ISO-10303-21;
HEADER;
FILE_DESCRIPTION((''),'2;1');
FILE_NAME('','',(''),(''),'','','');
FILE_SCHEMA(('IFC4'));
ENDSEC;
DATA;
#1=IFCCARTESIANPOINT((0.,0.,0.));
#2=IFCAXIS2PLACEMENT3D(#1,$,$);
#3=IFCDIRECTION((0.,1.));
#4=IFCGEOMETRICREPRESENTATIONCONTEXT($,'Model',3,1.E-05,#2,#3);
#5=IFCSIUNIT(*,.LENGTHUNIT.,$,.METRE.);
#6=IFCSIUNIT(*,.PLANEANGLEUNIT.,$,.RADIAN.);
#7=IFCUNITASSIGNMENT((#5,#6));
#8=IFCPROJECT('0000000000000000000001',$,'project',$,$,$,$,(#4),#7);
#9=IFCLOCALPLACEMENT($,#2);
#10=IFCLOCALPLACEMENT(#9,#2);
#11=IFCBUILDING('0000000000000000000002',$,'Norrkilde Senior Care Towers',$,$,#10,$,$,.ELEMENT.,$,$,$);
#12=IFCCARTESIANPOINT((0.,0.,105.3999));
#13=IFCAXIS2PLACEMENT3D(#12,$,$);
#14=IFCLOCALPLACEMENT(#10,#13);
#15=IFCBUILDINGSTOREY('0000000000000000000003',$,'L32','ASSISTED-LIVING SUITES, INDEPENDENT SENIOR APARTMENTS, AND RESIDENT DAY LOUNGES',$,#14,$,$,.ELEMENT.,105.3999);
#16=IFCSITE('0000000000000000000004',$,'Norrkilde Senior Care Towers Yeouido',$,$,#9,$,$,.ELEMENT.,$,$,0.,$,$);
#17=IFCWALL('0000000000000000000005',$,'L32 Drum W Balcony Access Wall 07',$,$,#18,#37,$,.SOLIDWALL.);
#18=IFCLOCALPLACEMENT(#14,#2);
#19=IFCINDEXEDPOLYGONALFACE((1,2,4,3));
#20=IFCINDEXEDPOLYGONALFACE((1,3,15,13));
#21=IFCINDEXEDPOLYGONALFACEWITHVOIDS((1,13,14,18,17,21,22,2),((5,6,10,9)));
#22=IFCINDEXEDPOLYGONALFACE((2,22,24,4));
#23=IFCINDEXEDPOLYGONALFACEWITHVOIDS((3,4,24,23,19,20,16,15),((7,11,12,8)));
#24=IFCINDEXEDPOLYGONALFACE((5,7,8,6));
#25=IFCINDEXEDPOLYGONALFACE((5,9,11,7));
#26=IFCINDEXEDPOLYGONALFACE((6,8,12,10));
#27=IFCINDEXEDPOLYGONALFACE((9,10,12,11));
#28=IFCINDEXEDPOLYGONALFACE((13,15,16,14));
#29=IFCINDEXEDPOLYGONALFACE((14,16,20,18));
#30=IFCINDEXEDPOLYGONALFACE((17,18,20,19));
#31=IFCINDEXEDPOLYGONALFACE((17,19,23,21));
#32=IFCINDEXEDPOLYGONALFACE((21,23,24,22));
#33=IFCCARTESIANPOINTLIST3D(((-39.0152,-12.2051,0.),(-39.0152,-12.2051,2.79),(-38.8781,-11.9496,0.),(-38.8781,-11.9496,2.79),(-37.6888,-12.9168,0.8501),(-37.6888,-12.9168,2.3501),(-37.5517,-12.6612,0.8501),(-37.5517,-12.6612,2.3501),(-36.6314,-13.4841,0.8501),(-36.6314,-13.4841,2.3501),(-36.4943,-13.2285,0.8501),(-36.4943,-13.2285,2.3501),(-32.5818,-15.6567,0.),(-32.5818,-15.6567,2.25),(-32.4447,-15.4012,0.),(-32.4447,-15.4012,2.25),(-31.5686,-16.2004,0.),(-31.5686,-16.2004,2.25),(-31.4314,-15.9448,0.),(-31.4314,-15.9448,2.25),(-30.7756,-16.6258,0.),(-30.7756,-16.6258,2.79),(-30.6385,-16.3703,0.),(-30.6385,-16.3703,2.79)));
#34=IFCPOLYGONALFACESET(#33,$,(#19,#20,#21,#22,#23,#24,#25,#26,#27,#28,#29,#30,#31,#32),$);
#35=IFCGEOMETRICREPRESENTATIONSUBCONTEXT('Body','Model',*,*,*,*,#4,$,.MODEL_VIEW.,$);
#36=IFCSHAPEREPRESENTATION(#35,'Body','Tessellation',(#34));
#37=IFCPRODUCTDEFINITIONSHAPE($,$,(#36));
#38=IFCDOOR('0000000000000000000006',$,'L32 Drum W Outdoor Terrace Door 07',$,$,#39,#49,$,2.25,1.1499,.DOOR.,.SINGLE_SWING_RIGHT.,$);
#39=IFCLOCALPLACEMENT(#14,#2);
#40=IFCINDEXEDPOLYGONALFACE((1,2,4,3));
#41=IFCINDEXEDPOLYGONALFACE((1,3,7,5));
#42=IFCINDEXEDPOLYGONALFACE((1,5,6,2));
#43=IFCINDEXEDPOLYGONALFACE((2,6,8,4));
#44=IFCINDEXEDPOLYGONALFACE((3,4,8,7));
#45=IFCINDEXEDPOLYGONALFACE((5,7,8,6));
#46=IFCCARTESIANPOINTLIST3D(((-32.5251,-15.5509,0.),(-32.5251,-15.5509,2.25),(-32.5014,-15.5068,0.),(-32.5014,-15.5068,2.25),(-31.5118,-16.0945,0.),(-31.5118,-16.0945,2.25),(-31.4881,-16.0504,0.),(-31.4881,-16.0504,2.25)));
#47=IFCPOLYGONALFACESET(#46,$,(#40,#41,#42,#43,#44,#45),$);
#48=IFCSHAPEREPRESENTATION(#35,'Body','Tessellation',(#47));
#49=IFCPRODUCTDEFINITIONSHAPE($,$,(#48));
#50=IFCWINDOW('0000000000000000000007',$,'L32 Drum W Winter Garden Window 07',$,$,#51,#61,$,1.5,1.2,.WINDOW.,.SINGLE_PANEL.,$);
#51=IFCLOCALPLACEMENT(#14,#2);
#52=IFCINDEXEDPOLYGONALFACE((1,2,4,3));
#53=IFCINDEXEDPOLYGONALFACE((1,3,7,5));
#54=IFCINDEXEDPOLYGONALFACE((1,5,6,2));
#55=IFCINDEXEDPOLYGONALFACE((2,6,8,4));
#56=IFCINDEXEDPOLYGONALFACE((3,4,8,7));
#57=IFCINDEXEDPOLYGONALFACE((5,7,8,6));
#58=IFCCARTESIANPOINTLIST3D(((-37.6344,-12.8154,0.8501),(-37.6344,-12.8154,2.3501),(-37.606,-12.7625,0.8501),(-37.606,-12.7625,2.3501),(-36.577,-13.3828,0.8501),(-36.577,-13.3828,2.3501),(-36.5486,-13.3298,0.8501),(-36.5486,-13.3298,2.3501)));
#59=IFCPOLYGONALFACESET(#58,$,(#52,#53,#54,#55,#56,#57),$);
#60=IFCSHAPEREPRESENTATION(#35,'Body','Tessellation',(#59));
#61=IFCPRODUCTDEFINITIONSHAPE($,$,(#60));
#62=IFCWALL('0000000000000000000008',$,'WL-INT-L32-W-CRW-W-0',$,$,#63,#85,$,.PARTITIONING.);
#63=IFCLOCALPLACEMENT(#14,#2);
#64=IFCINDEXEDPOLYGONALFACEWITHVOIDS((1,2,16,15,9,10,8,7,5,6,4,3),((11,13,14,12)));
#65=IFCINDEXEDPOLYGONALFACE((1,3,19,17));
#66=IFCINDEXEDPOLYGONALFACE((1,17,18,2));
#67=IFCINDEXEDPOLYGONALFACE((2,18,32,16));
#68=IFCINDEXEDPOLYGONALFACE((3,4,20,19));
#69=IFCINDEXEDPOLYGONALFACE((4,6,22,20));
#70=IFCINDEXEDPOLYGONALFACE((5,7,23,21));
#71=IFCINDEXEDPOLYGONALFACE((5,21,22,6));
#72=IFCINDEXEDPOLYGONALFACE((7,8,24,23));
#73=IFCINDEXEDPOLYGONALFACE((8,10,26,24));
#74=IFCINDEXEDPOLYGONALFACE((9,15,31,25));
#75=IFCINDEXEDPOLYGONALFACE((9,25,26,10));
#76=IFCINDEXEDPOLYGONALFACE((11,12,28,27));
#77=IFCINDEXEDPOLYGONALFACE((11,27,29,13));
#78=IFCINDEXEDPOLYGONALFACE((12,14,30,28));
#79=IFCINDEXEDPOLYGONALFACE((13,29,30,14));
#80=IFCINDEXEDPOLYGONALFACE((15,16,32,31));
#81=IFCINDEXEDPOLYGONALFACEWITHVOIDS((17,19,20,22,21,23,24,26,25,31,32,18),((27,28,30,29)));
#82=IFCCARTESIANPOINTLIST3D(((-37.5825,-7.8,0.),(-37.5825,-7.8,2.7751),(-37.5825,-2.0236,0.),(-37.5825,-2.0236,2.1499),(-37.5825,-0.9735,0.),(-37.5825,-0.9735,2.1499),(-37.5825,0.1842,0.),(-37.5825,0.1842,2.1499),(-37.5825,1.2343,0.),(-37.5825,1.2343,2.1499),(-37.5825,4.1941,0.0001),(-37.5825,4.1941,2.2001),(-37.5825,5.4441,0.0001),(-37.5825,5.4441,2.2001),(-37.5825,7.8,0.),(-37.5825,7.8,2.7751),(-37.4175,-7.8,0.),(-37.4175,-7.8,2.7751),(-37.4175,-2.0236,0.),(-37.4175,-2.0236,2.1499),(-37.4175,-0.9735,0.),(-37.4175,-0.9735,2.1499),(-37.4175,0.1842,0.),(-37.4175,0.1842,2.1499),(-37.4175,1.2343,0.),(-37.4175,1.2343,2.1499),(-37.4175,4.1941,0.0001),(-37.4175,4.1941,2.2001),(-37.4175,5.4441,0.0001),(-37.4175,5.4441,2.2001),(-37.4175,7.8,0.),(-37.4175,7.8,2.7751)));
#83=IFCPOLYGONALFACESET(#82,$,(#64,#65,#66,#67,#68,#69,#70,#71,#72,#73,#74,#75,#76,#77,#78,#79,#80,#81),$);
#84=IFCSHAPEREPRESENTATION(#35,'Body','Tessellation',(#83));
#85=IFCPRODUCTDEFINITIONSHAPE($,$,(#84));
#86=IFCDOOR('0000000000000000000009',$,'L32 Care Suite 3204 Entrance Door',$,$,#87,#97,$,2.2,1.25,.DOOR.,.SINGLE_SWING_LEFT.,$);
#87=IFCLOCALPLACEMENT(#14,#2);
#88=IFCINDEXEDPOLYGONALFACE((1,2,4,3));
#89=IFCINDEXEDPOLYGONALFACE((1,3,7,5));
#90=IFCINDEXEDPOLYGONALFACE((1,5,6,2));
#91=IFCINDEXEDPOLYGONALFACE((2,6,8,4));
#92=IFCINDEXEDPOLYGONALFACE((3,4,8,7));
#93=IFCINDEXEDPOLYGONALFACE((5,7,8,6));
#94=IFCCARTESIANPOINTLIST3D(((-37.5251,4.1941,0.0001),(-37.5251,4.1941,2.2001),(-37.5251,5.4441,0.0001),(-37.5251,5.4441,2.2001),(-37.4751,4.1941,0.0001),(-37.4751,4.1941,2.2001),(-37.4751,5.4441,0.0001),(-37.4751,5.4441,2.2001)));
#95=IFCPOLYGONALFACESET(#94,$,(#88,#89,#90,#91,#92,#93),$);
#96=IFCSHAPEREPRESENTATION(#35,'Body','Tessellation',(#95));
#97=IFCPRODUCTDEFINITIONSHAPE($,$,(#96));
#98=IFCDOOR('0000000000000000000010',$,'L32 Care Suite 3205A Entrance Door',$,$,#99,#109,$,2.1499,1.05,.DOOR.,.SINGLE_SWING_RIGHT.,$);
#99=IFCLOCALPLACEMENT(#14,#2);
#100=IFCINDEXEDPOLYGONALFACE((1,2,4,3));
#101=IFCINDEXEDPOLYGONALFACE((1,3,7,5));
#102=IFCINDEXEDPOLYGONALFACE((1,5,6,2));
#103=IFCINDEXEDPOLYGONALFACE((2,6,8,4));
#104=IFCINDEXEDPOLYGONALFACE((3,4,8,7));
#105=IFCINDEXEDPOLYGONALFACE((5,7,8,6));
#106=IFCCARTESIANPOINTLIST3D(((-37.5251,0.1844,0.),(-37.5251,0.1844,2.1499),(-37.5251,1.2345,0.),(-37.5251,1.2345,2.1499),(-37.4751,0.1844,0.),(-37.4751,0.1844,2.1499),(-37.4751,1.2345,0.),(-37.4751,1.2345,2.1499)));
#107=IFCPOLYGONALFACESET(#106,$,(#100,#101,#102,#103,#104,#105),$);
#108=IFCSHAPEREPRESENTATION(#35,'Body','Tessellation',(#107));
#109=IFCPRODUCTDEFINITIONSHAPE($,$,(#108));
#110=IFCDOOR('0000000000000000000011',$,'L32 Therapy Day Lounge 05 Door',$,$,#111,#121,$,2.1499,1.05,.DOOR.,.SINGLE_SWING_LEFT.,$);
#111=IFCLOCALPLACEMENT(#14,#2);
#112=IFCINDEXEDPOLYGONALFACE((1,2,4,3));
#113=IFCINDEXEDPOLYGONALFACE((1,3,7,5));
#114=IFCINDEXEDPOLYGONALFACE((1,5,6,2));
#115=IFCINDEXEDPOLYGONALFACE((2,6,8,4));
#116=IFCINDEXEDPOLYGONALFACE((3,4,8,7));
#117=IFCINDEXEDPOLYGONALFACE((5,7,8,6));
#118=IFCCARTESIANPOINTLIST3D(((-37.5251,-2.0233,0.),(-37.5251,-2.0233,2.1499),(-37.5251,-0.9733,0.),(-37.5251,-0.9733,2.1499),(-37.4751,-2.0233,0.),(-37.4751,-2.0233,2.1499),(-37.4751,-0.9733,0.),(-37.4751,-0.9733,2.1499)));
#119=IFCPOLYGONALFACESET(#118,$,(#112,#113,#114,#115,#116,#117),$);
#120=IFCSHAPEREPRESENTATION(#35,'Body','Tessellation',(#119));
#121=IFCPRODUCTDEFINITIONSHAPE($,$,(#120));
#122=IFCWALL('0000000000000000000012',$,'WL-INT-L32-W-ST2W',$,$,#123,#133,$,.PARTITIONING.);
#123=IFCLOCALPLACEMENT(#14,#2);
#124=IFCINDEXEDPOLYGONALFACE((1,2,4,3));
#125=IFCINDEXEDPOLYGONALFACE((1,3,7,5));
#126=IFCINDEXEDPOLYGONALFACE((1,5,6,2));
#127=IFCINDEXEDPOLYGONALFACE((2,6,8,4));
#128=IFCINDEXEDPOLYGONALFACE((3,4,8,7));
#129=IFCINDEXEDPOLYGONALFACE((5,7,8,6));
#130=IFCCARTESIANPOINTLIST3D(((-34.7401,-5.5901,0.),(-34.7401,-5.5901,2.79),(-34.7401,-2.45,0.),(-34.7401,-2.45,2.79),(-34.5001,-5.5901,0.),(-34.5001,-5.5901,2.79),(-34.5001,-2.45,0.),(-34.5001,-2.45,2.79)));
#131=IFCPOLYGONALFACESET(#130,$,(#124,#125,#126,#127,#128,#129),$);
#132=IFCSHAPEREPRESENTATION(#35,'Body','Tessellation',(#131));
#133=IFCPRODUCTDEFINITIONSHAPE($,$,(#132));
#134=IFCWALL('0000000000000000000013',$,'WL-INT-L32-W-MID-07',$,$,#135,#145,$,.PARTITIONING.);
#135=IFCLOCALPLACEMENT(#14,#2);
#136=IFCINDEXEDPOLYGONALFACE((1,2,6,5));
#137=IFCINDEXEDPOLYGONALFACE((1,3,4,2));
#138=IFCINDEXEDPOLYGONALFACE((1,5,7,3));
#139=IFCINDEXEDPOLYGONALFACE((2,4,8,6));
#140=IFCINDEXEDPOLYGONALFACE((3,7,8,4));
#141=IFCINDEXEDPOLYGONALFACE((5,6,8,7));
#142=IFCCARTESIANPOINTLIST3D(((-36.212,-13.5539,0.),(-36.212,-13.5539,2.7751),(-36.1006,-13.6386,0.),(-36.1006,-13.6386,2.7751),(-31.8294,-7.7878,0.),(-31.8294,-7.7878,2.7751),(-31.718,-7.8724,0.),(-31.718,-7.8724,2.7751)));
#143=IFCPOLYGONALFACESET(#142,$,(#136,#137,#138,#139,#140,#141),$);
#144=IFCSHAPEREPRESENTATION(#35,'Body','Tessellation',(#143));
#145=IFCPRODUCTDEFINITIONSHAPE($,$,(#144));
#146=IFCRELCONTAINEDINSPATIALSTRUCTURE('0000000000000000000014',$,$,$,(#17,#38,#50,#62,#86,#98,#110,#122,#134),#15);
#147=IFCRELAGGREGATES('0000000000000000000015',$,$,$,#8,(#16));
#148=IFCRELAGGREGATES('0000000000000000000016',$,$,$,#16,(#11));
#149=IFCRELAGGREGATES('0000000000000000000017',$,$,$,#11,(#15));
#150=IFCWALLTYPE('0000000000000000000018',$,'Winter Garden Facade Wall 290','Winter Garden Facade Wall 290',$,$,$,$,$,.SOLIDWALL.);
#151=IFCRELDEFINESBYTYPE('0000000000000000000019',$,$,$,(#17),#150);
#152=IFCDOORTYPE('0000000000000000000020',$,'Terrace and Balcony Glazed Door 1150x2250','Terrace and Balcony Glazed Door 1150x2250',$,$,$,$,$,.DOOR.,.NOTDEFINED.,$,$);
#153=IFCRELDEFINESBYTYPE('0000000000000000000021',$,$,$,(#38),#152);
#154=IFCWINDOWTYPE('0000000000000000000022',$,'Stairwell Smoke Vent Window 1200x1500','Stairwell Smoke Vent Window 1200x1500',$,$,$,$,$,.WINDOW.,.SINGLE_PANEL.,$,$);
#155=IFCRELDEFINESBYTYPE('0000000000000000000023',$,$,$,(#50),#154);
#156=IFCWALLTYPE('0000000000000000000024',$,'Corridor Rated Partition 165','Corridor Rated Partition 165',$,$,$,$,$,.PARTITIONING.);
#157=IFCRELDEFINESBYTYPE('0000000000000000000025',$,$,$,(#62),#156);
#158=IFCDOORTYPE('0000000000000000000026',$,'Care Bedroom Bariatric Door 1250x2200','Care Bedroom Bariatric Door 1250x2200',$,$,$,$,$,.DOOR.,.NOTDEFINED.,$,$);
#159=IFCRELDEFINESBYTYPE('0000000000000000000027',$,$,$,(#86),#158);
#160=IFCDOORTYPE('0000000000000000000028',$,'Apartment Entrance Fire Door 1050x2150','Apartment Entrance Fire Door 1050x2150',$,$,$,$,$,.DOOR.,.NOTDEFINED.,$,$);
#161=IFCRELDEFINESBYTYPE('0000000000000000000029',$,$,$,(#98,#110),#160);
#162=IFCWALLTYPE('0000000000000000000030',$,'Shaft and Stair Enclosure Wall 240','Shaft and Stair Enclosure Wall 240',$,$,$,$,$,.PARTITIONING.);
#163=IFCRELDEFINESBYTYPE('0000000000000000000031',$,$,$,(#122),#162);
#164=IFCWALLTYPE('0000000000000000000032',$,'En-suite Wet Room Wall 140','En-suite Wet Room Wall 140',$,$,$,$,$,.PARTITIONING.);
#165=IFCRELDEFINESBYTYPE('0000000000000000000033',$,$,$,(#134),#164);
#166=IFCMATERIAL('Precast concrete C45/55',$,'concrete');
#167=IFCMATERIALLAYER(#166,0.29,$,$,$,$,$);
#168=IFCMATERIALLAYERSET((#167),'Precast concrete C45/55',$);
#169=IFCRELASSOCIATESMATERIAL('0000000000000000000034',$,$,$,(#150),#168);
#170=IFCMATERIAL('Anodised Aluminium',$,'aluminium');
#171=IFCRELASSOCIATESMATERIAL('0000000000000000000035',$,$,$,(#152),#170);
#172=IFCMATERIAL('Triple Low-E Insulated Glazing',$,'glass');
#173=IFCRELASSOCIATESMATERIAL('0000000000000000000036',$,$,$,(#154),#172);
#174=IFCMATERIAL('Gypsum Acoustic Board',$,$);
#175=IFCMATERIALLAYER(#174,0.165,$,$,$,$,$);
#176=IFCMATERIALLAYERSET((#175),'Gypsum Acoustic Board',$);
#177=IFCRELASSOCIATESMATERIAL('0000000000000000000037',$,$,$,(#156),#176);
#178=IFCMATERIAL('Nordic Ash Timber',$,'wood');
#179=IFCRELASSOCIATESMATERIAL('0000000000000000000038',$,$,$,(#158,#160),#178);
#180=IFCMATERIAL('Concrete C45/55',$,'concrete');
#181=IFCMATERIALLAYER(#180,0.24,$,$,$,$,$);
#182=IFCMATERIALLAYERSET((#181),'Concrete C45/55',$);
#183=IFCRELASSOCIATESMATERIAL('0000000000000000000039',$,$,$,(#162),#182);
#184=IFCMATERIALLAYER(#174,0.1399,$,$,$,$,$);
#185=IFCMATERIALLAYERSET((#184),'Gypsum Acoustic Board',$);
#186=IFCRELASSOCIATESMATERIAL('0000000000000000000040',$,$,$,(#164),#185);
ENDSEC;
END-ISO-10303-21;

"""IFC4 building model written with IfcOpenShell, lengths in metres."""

from ifc_helpers import new_model, si_unit, direction, frame, frame_2d, origin, place, context, subcontext, project, spatial, rectangle, extrude, source, transform, mapped, material, layer, layer_set, type_object, type_shapes, element, fill, save


model = new_model("IFC4")

# Units and contexts
model_context = context("Model", 3, precision=1e-05, world=origin(), true_north=direction((0.0, 1.0)))
body_context = subcontext(model_context, "Body", "Model", "MODEL_VIEW")
ifc_project = project(units=[si_unit("LENGTHUNIT", "METRE"), si_unit("PLANEANGLEUNIT", "RADIAN")], contexts=[model_context])

# Site, building, storey
site_placement = place(None, origin())
site = spatial("IfcSite", under=ifc_project, at=site_placement, Name="Norrkilde Senior Care Towers Yeouido", CompositionType="ELEMENT", RefElevation=0.0)
building_placement = place(site_placement, origin())
building = spatial("IfcBuilding", under=site, at=building_placement, Name="Norrkilde Senior Care Towers", CompositionType="ELEMENT")
storey_placement = place(building_placement, frame((0.0, 0.0, 105.3999)))
storey = spatial("IfcBuildingStorey", under=building, at=storey_placement, Name="L32", Description="ASSISTED-LIVING SUITES, INDEPENDENT SENIOR APARTMENTS, AND RESIDENT DAY LOUNGES", CompositionType="ELEMENT", Elevation=105.3999)

# Shared definitions
ifc_material_1 = material(Name="Triple Low-E Insulated Glazing", Category="glass")
ifc_material_2 = material(Name="Anodised Aluminium", Category="aluminium")

# Wall, openings, door, window
ifc_material_3 = material(Name="Precast concrete C45/55", Category="concrete")
ifc_layer_1 = layer(ifc_material_3, 0.29)
ifc_layer_set_1 = layer_set([ifc_layer_1], Name="Precast concrete C45/55")
wall_type_1 = type_object("IfcWallType", Name="Winter Garden Facade Wall 290", Description="Winter Garden Facade Wall 290", PredefinedType="SOLIDWALL", material=ifc_layer_set_1)
shared_shape_1 = source(origin(), body_context, "Body", "SweptSolid", [
    extrude(rectangle(XDim=9.3506, YDim=0.29, at=frame_2d((4.6753, 0.0))), origin(), (0.0, 0.0, 1.0), 2.79),
])
type_shapes(wall_type_1, [shared_shape_1])
wall_1_placement = place(storey_placement, frame((-30.707, -16.498, 0.0), z_axis=(0.0, 0.0, 1.0), x_axis=(-0.881184, 0.472773, 0.0)))
wall_1 = element("IfcWall", 1, at=wall_1_placement, inside=storey, type_object=wall_type_1, Name="L32 Drum W Balcony Access Wall 07", PredefinedType="SOLIDWALL", context=body_context, shape_type="MappedRepresentation", body=[
    mapped(shared_shape_1, transform((0.0, 0.0, 0.0), x_axis=(1.0, 0.0, 0.0), y_axis=(0.0, 1.0, 0.0), z_axis=(0.0, 0.0, 1.0), scale=1.0)),
])
opening_1_placement = place(wall_1_placement, frame((0.8999, 0.0, 0.0)))
opening_1 = element("IfcOpeningElement", 2, at=opening_1_placement, cuts=wall_1, PredefinedType="OPENING", context=body_context, shape_type="SweptSolid", body=[
    extrude(rectangle(XDim=1.1499, YDim=2.25, at=frame_2d((0.575, 1.125))), frame((0.0, 0.155, 0.0), z_axis=(0.0, -1.0, 0.0), x_axis=(1.0, 0.0, 0.0)), (0.0, 0.0, 1.0), 0.3101),
])
opening_2_placement = place(wall_1_placement, frame((6.6453, 0.0, 0.8501)))
opening_2 = element("IfcOpeningElement", 3, at=opening_2_placement, cuts=wall_1, PredefinedType="OPENING", context=body_context, shape_type="SweptSolid", body=[
    extrude(rectangle(XDim=1.2, YDim=1.5, at=frame_2d((0.6001, 0.75))), frame((0.0, 0.155, 0.0), z_axis=(0.0, -1.0, 0.0), x_axis=(1.0, 0.0, 0.0)), (0.0, 0.0, 1.0), 0.3101),
])
door_type_1 = type_object("IfcDoorType", Name="Terrace and Balcony Glazed Door 1150x2250", Description="Terrace and Balcony Glazed Door 1150x2250", OperationType="NOTDEFINED", PredefinedType="DOOR", material=ifc_material_2)
shared_shape_2 = source(origin(), body_context, "Body", "SweptSolid", [
    extrude(rectangle(XDim=1.1499, YDim=2.25, at=frame_2d((0.575, 1.125))), frame((0.0, 0.0249, 0.0), z_axis=(0.0, -1.0, 0.0), x_axis=(1.0, 0.0, 0.0)), (0.0, 0.0, 1.0), 0.05),
])
type_shapes(door_type_1, [shared_shape_2])
door_1_placement = place(opening_1_placement, origin())
door_1 = element("IfcDoor", 4, at=door_1_placement, inside=storey, type_object=door_type_1, Name="L32 Drum W Outdoor Terrace Door 07", OperationType="SINGLE_SWING_RIGHT", OverallHeight=2.25, OverallWidth=1.1499, PredefinedType="DOOR", context=body_context, shape_type="MappedRepresentation", body=[
    mapped(shared_shape_2, transform((0.0, 0.0, 0.0), x_axis=(1.0, 0.0, 0.0), y_axis=(0.0, 1.0, 0.0), z_axis=(0.0, 0.0, 1.0), scale=1.0)),
])
fill(opening_1, door_1)
window_type = type_object("IfcWindowType", Name="Stairwell Smoke Vent Window 1200x1500", Description="Stairwell Smoke Vent Window 1200x1500", PartitioningType="SINGLE_PANEL", PredefinedType="WINDOW", material=ifc_material_1)
shared_shape_3 = source(origin(), body_context, "Body", "SweptSolid", [
    extrude(rectangle(XDim=1.2, YDim=1.5, at=frame_2d((0.6001, 0.75))), frame((0.0, 0.03, 0.0), z_axis=(0.0, -1.0, 0.0), x_axis=(1.0, 0.0, 0.0)), (0.0, 0.0, 1.0), 0.0601),
])
type_shapes(window_type, [shared_shape_3])
window_placement = place(opening_2_placement, origin())
window = element("IfcWindow", 5, at=window_placement, inside=storey, type_object=window_type, Name="L32 Drum W Winter Garden Window 07", OverallHeight=1.5, OverallWidth=1.2, PartitioningType="SINGLE_PANEL", PredefinedType="WINDOW", context=body_context, shape_type="MappedRepresentation", body=[
    mapped(shared_shape_3, transform((0.0, 0.0, 0.0), x_axis=(1.0, 0.0, 0.0), y_axis=(0.0, 1.0, 0.0), z_axis=(0.0, 0.0, 1.0), scale=1.0)),
])
fill(opening_2, window)

# Wall, openings, doors
ifc_material_4 = material(Name="Gypsum Acoustic Board")
ifc_layer_2 = layer(ifc_material_4, 0.165)
ifc_layer_set_2 = layer_set([ifc_layer_2], Name="Gypsum Acoustic Board")
wall_type_2 = type_object("IfcWallType", Name="Corridor Rated Partition 165", Description="Corridor Rated Partition 165", PredefinedType="PARTITIONING", material=ifc_layer_set_2)
shared_shape_4 = source(origin(), body_context, "Body", "SweptSolid", [
    extrude(rectangle(XDim=15.6001, YDim=0.165, at=frame_2d((7.8, 0.0))), origin(), (0.0, 0.0, 1.0), 2.7751),
])
type_shapes(wall_type_2, [shared_shape_4])
wall_2_placement = place(storey_placement, frame((-37.5, -7.8, 0.0), z_axis=(0.0, 0.0, 1.0), x_axis=(0.0, 1.0, 0.0)))
wall_2 = element("IfcWall", 6, at=wall_2_placement, inside=storey, type_object=wall_type_2, Name="WL-INT-L32-W-CRW-W-0", PredefinedType="PARTITIONING", context=body_context, shape_type="MappedRepresentation", body=[
    mapped(shared_shape_4, transform((0.0, 0.0, 0.0), x_axis=(1.0, 0.0, 0.0), y_axis=(0.0, 1.0, 0.0), z_axis=(0.0, 0.0, 1.0), scale=1.0)),
])
opening_3_placement = place(wall_2_placement, frame((11.9941, 0.0, 0.0)))
opening_3 = element("IfcOpeningElement", 7, at=opening_3_placement, cuts=wall_2, PredefinedType="OPENING", context=body_context, shape_type="SweptSolid", body=[
    extrude(rectangle(XDim=1.25, YDim=2.2, at=frame_2d((0.625, 1.1001))), frame((0.0, 0.0925, 0.0), z_axis=(0.0, -1.0, 0.0), x_axis=(1.0, 0.0, 0.0)), (0.0, 0.0, 1.0), 0.1851),
])
opening_4_placement = place(wall_2_placement, frame((7.9844, 0.0, 0.0)))
opening_4 = element("IfcOpeningElement", 8, at=opening_4_placement, cuts=wall_2, PredefinedType="OPENING", context=body_context, shape_type="SweptSolid", body=[
    extrude(rectangle(XDim=1.05, YDim=2.1499, at=frame_2d((0.5249, 1.075))), frame((0.0, 0.0925, 0.0), z_axis=(0.0, -1.0, 0.0), x_axis=(1.0, 0.0, 0.0)), (0.0, 0.0, 1.0), 0.1851),
])
opening_5_placement = place(wall_2_placement, frame((5.7766, 0.0, 0.0)))
opening_5 = element("IfcOpeningElement", 9, at=opening_5_placement, cuts=wall_2, PredefinedType="OPENING", context=body_context, shape_type="SweptSolid", body=[
    extrude(rectangle(XDim=1.05, YDim=2.1499, at=frame_2d((0.5249, 1.075))), frame((0.0, 0.0925, 0.0), z_axis=(0.0, -1.0, 0.0), x_axis=(1.0, 0.0, 0.0)), (0.0, 0.0, 1.0), 0.1851),
])
ifc_material_5 = material(Name="Nordic Ash Timber", Category="wood")
door_type_2 = type_object("IfcDoorType", Name="Care Bedroom Bariatric Door 1250x2200", Description="Care Bedroom Bariatric Door 1250x2200", OperationType="NOTDEFINED", PredefinedType="DOOR", material=ifc_material_5)
shared_shape_5 = source(origin(), body_context, "Body", "SweptSolid", [
    extrude(rectangle(XDim=1.25, YDim=2.2, at=frame_2d((0.625, 1.1001))), frame((0.0, 0.0249, 0.0), z_axis=(0.0, -1.0, 0.0), x_axis=(1.0, 0.0, 0.0)), (0.0, 0.0, 1.0), 0.05),
])
type_shapes(door_type_2, [shared_shape_5])
door_2_placement = place(opening_3_placement, frame((1.25, 0.0, 0.0), z_axis=(0.0, 0.0, 1.0), x_axis=(-1.0, 0.0, 0.0)))
door_2 = element("IfcDoor", 10, at=door_2_placement, inside=storey, type_object=door_type_2, Name="L32 Care Suite 3204 Entrance Door", OperationType="SINGLE_SWING_LEFT", OverallHeight=2.2, OverallWidth=1.25, PredefinedType="DOOR", context=body_context, shape_type="MappedRepresentation", body=[
    mapped(shared_shape_5, transform((0.0, 0.0, 0.0), x_axis=(1.0, 0.0, 0.0), y_axis=(0.0, 1.0, 0.0), z_axis=(0.0, 0.0, 1.0), scale=1.0)),
])
fill(opening_3, door_2)
door_type_3 = type_object("IfcDoorType", Name="Apartment Entrance Fire Door 1050x2150", Description="Apartment Entrance Fire Door 1050x2150", OperationType="NOTDEFINED", PredefinedType="DOOR", material=ifc_material_5)
shared_shape_6 = source(origin(), body_context, "Body", "SweptSolid", [
    extrude(rectangle(XDim=1.05, YDim=2.1499, at=frame_2d((0.5249, 1.075))), frame((0.0, 0.0249, 0.0), z_axis=(0.0, -1.0, 0.0), x_axis=(1.0, 0.0, 0.0)), (0.0, 0.0, 1.0), 0.05),
])
type_shapes(door_type_3, [shared_shape_6])
door_3_placement = place(opening_4_placement, frame((1.05, 0.0, 0.0), z_axis=(0.0, 0.0, 1.0), x_axis=(-1.0, 0.0, 0.0)))
door_3 = element("IfcDoor", 11, at=door_3_placement, inside=storey, type_object=door_type_3, Name="L32 Care Suite 3205A Entrance Door", OperationType="SINGLE_SWING_RIGHT", OverallHeight=2.1499, OverallWidth=1.05, PredefinedType="DOOR", context=body_context, shape_type="MappedRepresentation", body=[
    mapped(shared_shape_6, transform((0.0, 0.0, 0.0), x_axis=(1.0, 0.0, 0.0), y_axis=(0.0, 1.0, 0.0), z_axis=(0.0, 0.0, 1.0), scale=1.0)),
])
fill(opening_4, door_3)
door_4_placement = place(opening_5_placement, frame((1.05, 0.0, 0.0), z_axis=(0.0, 0.0, 1.0), x_axis=(-1.0, 0.0, 0.0)))
door_4 = element("IfcDoor", 12, at=door_4_placement, inside=storey, type_object=door_type_3, Name="L32 Therapy Day Lounge 05 Door", OperationType="SINGLE_SWING_LEFT", OverallHeight=2.1499, OverallWidth=1.05, PredefinedType="DOOR", context=body_context, shape_type="MappedRepresentation", body=[
    mapped(shared_shape_6, transform((0.0, 0.0, 0.0), x_axis=(1.0, 0.0, 0.0), y_axis=(0.0, 1.0, 0.0), z_axis=(0.0, 0.0, 1.0), scale=1.0)),
])
fill(opening_5, door_4)

# Walls
ifc_material_6 = material(Name="Concrete C45/55", Category="concrete")
ifc_layer_3 = layer(ifc_material_6, 0.24)
ifc_layer_set_3 = layer_set([ifc_layer_3], Name="Concrete C45/55")
wall_type_3 = type_object("IfcWallType", Name="Shaft and Stair Enclosure Wall 240", Description="Shaft and Stair Enclosure Wall 240", PredefinedType="PARTITIONING", material=ifc_layer_set_3)
shared_shape_7 = source(origin(), body_context, "Body", "SweptSolid", [
    extrude(rectangle(XDim=3.1401, YDim=0.24, at=frame_2d((1.5701, 0.0))), origin(), (0.0, 0.0, 1.0), 2.79),
])
type_shapes(wall_type_3, [shared_shape_7])
wall_3_placement = place(storey_placement, frame((-34.6201, -5.5901, 0.0), z_axis=(0.0, 0.0, 1.0), x_axis=(0.0, 1.0, 0.0)))
element("IfcWall", 13, at=wall_3_placement, inside=storey, type_object=wall_type_3, Name="WL-INT-L32-W-ST2W", PredefinedType="PARTITIONING", context=body_context, shape_type="MappedRepresentation", body=[
    mapped(shared_shape_7, transform((0.0, 0.0, 0.0), x_axis=(1.0, 0.0, 0.0), y_axis=(0.0, 1.0, 0.0), z_axis=(0.0, 0.0, 1.0), scale=1.0)),
])
ifc_layer_4 = layer(ifc_material_4, 0.1399)
ifc_layer_set_4 = layer_set([ifc_layer_4], Name="Gypsum Acoustic Board")
wall_type_4 = type_object("IfcWallType", Name="En-suite Wet Room Wall 140", Description="En-suite Wet Room Wall 140", PredefinedType="PARTITIONING", material=ifc_layer_set_4)
shared_shape_8 = source(origin(), body_context, "Body", "SweptSolid", [
    extrude(rectangle(XDim=7.2427, YDim=0.1399, at=frame_2d((3.6213, 0.0))), origin(), (0.0, 0.0, 1.0), 2.7751),
])
wall_4_placement = place(storey_placement, frame((-31.7737, -7.8301, 0.0), z_axis=(0.0, 0.0, 1.0), x_axis=(-0.605111, -0.796141, 0.0)))
element("IfcWall", 14, at=wall_4_placement, inside=storey, type_object=wall_type_4, Name="WL-INT-L32-W-MID-07", PredefinedType="PARTITIONING", context=body_context, shape_type="MappedRepresentation", body=[
    mapped(shared_shape_8, transform((0.0, 0.0, 0.0), x_axis=(1.0, 0.0, 0.0), y_axis=(0.0, 1.0, 0.0), z_axis=(0.0, 0.0, 1.0), scale=1.0)),
])

save(model, "model.ifc")
